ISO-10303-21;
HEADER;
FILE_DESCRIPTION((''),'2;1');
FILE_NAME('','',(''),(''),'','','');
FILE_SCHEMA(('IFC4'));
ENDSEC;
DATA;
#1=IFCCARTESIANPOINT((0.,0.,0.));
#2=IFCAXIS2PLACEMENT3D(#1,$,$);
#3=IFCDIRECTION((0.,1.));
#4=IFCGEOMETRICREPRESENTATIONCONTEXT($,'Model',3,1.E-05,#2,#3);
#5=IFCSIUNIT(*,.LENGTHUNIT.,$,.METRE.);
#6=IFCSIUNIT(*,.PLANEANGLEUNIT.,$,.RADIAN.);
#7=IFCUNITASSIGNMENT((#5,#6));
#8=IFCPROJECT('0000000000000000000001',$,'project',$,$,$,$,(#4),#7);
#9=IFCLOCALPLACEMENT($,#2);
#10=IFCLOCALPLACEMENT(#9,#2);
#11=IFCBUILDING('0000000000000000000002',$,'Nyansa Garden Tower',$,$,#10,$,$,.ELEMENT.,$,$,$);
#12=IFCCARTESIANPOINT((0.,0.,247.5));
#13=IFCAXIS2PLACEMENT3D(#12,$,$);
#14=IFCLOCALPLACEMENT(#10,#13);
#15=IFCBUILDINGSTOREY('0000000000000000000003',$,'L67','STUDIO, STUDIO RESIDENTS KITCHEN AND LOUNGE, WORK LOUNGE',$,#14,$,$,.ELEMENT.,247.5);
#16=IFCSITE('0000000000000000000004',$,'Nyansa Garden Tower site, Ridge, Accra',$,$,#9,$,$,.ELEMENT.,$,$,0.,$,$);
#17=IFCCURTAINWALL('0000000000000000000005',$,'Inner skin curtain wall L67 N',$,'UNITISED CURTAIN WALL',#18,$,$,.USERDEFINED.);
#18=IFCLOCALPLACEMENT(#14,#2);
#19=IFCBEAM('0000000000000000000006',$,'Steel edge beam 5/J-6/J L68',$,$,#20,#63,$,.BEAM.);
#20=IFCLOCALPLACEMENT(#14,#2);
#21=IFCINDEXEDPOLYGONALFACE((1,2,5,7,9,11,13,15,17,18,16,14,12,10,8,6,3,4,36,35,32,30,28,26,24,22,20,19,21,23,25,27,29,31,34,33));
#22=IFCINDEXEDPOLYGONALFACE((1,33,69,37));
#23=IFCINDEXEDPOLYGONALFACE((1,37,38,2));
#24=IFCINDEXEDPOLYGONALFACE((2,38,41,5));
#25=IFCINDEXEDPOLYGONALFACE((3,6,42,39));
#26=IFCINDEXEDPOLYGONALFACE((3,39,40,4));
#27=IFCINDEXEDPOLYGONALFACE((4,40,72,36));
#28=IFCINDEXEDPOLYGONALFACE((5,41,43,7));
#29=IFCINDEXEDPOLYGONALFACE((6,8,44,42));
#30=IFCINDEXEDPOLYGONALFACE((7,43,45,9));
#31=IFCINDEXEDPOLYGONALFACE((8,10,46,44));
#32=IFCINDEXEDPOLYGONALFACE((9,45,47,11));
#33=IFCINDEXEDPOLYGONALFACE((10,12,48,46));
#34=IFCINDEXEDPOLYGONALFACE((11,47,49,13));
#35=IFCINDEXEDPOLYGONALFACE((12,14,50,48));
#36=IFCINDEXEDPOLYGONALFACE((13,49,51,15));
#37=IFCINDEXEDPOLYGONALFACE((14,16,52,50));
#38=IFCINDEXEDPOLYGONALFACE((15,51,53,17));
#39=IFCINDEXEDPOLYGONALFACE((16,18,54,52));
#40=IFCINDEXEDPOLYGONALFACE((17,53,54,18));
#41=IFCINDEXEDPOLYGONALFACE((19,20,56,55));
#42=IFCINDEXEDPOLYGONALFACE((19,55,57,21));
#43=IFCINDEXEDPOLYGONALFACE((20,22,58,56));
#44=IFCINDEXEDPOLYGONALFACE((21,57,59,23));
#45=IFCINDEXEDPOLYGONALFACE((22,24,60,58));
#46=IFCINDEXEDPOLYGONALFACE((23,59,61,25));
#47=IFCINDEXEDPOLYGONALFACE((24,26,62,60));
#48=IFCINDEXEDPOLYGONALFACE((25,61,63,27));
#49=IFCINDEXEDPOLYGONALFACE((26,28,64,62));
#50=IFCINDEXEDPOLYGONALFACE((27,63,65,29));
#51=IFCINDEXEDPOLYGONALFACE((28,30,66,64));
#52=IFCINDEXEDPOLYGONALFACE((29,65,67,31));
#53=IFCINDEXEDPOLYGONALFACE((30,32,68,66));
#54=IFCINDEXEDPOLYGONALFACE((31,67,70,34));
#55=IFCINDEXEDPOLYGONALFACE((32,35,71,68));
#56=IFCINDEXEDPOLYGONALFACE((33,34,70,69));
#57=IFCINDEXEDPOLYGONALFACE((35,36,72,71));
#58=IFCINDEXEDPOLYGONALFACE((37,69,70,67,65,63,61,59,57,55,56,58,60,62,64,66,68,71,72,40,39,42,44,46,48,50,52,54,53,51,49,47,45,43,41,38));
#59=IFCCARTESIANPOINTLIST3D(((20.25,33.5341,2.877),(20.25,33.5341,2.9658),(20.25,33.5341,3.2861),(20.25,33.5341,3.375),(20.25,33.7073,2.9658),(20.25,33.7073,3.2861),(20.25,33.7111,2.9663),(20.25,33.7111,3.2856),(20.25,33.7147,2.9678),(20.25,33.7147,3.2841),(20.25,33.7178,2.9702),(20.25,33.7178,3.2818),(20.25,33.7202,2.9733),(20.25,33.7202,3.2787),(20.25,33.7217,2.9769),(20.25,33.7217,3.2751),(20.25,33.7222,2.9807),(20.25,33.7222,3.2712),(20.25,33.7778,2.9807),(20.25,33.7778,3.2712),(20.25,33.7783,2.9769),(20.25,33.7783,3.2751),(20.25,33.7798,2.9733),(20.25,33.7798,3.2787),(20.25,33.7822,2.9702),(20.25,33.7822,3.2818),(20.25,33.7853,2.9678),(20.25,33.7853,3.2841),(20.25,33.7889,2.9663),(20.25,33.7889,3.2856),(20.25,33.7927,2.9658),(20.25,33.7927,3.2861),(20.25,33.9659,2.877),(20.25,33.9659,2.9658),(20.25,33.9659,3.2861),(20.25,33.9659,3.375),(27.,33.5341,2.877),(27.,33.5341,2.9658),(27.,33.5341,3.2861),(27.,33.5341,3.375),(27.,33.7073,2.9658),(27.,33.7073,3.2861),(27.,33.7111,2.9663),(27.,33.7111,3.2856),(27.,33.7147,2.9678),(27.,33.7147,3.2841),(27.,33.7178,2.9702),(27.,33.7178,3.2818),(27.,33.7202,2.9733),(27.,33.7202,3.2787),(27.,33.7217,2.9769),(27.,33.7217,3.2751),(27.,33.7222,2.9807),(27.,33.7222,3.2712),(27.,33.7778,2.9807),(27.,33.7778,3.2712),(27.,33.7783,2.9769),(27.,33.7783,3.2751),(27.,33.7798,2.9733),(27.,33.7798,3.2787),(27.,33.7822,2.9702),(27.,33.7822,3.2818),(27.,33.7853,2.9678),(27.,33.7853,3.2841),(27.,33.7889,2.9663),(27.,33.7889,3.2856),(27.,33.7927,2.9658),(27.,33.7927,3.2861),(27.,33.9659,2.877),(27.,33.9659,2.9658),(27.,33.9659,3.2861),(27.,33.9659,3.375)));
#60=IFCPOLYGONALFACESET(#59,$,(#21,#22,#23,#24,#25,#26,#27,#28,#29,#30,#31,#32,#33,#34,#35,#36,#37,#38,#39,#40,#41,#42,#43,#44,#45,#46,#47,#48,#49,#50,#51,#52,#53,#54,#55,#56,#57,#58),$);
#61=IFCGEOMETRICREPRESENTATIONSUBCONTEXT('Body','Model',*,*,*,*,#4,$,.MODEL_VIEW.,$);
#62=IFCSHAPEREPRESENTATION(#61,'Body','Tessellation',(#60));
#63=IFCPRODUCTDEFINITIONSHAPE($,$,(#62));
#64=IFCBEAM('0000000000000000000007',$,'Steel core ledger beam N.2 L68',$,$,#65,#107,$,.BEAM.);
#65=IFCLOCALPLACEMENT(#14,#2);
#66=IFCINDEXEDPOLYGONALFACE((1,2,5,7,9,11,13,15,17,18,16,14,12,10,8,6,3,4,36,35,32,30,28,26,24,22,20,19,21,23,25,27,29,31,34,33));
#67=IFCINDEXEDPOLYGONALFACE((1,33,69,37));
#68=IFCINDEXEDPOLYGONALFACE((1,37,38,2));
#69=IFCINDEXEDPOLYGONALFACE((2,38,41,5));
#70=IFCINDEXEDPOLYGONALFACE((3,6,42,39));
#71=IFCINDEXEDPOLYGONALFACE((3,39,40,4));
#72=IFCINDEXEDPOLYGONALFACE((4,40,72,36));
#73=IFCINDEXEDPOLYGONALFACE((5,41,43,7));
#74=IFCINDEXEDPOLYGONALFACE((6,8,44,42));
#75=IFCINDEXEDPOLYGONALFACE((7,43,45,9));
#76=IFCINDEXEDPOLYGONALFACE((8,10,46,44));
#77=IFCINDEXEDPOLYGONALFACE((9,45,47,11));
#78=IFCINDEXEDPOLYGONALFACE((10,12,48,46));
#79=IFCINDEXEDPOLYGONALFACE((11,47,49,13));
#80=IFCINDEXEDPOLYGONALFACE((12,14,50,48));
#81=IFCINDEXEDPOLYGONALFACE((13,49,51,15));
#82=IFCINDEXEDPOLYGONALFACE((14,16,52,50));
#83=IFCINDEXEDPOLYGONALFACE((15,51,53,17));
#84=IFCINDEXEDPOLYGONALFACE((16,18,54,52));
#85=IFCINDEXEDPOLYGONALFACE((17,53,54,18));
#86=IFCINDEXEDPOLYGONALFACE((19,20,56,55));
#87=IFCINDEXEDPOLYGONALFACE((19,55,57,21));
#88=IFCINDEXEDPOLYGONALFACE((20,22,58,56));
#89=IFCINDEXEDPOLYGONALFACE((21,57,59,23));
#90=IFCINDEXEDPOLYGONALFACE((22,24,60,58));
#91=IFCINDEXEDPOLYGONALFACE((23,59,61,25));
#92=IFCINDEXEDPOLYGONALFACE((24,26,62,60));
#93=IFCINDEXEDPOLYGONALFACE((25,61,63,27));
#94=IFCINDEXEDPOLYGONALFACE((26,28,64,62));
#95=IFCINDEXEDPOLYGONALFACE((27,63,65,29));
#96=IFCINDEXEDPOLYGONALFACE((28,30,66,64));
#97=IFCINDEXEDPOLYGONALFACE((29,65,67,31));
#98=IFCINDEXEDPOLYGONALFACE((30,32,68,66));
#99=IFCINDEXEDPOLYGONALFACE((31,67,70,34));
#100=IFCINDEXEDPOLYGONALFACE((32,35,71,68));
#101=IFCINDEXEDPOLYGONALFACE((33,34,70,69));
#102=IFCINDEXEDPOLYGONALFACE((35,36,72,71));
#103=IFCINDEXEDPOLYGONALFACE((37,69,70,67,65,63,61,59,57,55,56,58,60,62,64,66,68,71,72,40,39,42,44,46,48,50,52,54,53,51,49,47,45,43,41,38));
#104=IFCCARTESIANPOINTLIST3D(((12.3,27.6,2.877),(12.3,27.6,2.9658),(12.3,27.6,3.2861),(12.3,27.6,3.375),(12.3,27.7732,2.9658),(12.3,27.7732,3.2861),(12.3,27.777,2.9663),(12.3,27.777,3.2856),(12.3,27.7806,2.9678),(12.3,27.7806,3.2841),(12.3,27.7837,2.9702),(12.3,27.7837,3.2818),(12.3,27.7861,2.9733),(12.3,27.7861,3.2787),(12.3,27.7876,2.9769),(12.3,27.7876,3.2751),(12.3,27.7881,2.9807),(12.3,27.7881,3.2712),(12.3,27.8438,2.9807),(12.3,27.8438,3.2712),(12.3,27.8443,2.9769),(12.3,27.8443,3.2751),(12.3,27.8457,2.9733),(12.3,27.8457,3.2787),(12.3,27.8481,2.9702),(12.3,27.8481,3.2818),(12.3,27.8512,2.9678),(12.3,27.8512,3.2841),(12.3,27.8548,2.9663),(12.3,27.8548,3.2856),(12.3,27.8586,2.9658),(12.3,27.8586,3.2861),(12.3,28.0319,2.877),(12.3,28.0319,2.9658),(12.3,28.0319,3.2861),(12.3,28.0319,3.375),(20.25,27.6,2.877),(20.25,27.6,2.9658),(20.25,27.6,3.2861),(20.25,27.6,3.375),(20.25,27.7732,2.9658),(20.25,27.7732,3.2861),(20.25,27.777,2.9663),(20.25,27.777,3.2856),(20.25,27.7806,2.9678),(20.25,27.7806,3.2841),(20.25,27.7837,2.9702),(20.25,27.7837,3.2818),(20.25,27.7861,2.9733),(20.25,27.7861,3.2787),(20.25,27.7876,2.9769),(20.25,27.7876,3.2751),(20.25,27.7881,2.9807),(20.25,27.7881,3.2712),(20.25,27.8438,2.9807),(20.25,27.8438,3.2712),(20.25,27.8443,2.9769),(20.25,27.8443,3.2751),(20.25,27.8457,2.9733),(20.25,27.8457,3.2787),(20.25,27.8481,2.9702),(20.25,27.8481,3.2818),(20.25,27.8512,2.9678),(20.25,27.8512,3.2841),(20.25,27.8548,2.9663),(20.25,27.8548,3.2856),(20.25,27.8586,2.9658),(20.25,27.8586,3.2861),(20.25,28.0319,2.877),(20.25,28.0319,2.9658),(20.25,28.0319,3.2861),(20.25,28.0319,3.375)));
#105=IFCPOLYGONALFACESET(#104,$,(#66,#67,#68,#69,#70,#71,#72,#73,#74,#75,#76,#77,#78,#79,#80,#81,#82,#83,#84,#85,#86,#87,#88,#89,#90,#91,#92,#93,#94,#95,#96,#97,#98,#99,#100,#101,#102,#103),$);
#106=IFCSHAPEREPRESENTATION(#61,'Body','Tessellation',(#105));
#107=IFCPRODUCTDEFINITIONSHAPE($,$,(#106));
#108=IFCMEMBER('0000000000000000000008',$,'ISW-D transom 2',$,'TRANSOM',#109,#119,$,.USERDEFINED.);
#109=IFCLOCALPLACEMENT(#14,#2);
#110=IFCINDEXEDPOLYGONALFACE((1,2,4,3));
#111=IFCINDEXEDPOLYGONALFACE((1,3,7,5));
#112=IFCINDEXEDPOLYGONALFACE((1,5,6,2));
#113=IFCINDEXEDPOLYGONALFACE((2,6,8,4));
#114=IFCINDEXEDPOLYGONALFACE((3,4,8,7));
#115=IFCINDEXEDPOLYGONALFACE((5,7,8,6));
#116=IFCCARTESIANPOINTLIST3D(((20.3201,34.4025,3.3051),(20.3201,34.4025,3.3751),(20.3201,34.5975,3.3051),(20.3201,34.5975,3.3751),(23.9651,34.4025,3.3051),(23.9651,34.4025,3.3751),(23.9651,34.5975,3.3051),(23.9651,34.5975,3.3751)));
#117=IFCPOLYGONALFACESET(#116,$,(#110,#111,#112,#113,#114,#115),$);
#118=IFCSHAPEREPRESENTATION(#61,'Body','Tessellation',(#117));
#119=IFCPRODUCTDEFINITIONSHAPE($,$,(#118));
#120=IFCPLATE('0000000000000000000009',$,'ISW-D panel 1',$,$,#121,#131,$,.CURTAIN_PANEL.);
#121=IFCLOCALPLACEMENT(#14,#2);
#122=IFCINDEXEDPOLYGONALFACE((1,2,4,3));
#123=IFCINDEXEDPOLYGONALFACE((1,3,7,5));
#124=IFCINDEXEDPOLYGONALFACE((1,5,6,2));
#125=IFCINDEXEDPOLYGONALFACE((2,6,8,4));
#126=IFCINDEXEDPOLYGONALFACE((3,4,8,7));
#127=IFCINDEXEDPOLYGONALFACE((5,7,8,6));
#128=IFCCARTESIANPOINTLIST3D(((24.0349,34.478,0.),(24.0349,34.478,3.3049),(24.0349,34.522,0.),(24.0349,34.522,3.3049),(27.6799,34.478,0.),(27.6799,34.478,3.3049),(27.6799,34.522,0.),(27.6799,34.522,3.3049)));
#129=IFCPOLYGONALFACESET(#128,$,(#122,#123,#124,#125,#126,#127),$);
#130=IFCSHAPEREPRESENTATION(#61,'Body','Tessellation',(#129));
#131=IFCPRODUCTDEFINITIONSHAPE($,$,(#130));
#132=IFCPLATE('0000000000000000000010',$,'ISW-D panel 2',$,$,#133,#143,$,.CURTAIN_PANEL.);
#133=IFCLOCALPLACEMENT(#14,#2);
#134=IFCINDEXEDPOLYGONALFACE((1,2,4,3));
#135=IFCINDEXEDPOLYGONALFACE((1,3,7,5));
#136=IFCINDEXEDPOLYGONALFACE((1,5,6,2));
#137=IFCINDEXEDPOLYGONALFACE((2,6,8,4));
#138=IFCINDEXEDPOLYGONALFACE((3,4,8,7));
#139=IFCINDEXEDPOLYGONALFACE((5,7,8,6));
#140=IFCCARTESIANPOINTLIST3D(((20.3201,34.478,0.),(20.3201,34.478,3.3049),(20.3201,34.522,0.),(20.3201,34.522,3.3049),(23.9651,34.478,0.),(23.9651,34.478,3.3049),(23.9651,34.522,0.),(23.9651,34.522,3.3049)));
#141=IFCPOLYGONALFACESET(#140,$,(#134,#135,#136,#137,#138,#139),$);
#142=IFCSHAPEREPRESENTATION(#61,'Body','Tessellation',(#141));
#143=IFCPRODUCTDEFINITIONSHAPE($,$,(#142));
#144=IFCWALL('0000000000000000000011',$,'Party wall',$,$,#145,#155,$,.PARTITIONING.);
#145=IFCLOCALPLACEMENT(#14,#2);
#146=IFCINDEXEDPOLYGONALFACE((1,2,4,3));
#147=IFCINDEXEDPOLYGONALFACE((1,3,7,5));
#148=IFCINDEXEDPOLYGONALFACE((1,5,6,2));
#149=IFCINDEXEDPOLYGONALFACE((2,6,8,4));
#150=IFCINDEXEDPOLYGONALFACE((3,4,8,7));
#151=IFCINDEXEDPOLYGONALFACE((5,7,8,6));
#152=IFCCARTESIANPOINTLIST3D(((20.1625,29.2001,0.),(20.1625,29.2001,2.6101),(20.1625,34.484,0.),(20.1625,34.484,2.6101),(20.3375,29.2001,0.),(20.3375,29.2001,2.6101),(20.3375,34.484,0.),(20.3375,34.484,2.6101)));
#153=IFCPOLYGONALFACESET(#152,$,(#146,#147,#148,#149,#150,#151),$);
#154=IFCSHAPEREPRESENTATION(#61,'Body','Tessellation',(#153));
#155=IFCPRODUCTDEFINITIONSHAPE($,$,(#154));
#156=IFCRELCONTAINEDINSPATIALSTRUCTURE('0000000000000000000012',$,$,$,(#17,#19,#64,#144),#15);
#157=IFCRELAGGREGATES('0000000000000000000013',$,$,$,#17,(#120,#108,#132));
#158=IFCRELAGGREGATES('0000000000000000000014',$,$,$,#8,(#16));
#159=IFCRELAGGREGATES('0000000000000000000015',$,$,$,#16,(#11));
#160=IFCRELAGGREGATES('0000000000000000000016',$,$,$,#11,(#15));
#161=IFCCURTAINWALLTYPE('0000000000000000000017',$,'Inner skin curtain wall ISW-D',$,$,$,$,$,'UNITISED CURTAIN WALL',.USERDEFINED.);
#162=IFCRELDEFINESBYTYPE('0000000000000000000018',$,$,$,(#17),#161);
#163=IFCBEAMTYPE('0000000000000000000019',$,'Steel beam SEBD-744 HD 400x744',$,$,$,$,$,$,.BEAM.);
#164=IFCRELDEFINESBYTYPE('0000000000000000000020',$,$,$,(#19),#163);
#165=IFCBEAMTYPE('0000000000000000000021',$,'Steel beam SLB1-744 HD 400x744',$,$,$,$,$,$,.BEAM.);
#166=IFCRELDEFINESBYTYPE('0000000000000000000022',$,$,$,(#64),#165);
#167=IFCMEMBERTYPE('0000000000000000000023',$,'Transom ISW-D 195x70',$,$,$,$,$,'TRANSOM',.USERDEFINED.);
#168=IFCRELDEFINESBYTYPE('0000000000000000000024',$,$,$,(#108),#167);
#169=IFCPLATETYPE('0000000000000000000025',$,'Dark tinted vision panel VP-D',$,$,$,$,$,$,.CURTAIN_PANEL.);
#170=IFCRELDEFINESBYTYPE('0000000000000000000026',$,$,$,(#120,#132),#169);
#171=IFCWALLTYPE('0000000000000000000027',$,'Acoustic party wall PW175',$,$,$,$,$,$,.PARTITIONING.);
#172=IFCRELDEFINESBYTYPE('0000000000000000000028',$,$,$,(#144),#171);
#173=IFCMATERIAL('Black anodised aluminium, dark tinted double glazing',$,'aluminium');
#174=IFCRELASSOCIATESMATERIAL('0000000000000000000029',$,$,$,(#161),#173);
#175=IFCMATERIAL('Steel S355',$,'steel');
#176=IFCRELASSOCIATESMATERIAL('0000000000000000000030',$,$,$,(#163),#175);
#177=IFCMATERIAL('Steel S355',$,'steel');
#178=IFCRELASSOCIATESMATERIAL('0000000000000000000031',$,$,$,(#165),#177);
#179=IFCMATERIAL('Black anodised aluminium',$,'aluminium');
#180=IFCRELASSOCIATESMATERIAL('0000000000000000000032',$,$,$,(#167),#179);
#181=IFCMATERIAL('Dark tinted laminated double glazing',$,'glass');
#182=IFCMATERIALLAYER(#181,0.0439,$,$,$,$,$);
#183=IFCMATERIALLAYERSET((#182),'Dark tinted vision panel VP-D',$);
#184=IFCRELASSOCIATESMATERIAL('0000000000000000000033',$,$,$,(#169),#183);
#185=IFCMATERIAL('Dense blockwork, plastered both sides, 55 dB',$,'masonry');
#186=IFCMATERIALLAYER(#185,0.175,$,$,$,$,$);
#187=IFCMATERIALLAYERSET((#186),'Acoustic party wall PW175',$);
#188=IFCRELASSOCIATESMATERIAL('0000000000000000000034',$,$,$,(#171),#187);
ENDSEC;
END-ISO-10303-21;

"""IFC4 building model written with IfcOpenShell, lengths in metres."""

from ifc_helpers import new_model, si_unit, direction, frame, frame_2d, origin, origin_2d, place, context, subcontext, project, spatial, rectangle, i_section, extrude, material, layer, layer_set, material_profile, profile_set, type_object, element, aggregate, save


model = new_model("IFC4")

# Units and contexts
model_context = context("Model", 3, precision=1e-05, world=origin(), true_north=direction((0.0, 1.0)))
body_context = subcontext(model_context, "Body", "Model", "MODEL_VIEW")
ifc_project = project(units=[si_unit("LENGTHUNIT", "METRE"), si_unit("PLANEANGLEUNIT", "RADIAN")], contexts=[model_context])

# Site, building, storey
site_placement = place(None, origin())
site = spatial("IfcSite", under=ifc_project, at=site_placement, Name="Nyansa Garden Tower site, Ridge, Accra", CompositionType="ELEMENT", RefElevation=0.0)
building_placement = place(site_placement, origin())
building = spatial("IfcBuilding", under=site, at=building_placement, Name="Nyansa Garden Tower", CompositionType="ELEMENT")
storey_placement = place(building_placement, frame((0.0, 0.0, 247.5)))
storey = spatial("IfcBuildingStorey", under=building, at=storey_placement, Name="L67", Description="STUDIO, STUDIO RESIDENTS KITCHEN AND LOUNGE, WORK LOUNGE", CompositionType="ELEMENT", Elevation=247.5)

# Curtain wall
ifc_material_1 = material(Name="Black anodised aluminium, dark tinted double glazing", Category="aluminium")
curtain_wall_type = type_object("IfcCurtainWallType", Name="Inner skin curtain wall ISW-D", ElementType="UNITISED CURTAIN WALL", PredefinedType="USERDEFINED", material=ifc_material_1)
curtain_wall_placement = place(storey_placement, origin())
curtain_wall = element("IfcCurtainWall", 1, at=curtain_wall_placement, inside=storey, type_object=curtain_wall_type, Name="Inner skin curtain wall L67 N", ObjectType="UNITISED CURTAIN WALL", PredefinedType="USERDEFINED")

# Beams
ifc_material_2 = material(Name="Steel S355", Category="steel")
ifc_material_profile_1 = material_profile(ifc_material_2, i_section(OverallWidth=0.4319, OverallDepth=0.498, WebThickness=0.0557, FlangeThickness=0.0889, FilletRadius=0.0149, at=origin_2d()), Name="HD 400x744")
ifc_profile_set_1 = profile_set([ifc_material_profile_1], Name="Steel S355")
beam_type_1 = type_object("IfcBeamType", Name="Steel beam SEBD-744 HD 400x744", PredefinedType="BEAM", material=ifc_profile_set_1)
beam_1_placement = place(storey_placement, frame((20.25, 33.75, 3.126), z_axis=(1.0, 0.0, 0.0), x_axis=(0.0, 1.0, 0.0)))
element("IfcBeam", 2, at=beam_1_placement, inside=storey, type_object=beam_type_1, Name="Steel edge beam 5/J-6/J L68", PredefinedType="BEAM", context=body_context, shape_type="SweptSolid", body=[
    extrude(i_section(OverallWidth=0.4319, OverallDepth=0.498, WebThickness=0.0557, FlangeThickness=0.0889, FilletRadius=0.0149, at=origin_2d()), origin(), (0.0, 0.0, 1.0), 6.75),
])
ifc_material_3 = material(Name="Steel S355", Category="steel")
ifc_material_profile_2 = material_profile(ifc_material_3, i_section(OverallWidth=0.4319, OverallDepth=0.498, WebThickness=0.0557, FlangeThickness=0.0889, FilletRadius=0.0149, at=origin_2d()), Name="HD 400x744")
ifc_profile_set_2 = profile_set([ifc_material_profile_2], Name="Steel S355")
beam_type_2 = type_object("IfcBeamType", Name="Steel beam SLB1-744 HD 400x744", PredefinedType="BEAM", material=ifc_profile_set_2)
beam_2_placement = place(storey_placement, frame((20.25, 27.8159, 3.126), z_axis=(-1.0, 0.0, 0.0), x_axis=(0.0, -1.0, 0.0)))
element("IfcBeam", 3, at=beam_2_placement, inside=storey, type_object=beam_type_2, Name="Steel core ledger beam N.2 L68", PredefinedType="BEAM", context=body_context, shape_type="SweptSolid", body=[
    extrude(i_section(OverallWidth=0.4319, OverallDepth=0.498, WebThickness=0.0557, FlangeThickness=0.0889, FilletRadius=0.0149, at=origin_2d()), origin(), (0.0, 0.0, 1.0), 7.95),
])

# Member
ifc_material_4 = material(Name="Black anodised aluminium", Category="aluminium")
ifc_material_profile_3 = material_profile(ifc_material_4, rectangle(XDim=0.1951, YDim=0.0701, at=origin_2d()), Name="Transom 195x70")
ifc_profile_set_3 = profile_set([ifc_material_profile_3], Name="Black anodised aluminium")
member_type_1 = type_object("IfcMemberType", Name="Transom ISW-D 195x70", ElementType="TRANSOM", PredefinedType="USERDEFINED", material=ifc_profile_set_3)
member_1_placement = place(storey_placement, frame((23.9651, 34.5, 3.3401), z_axis=(-1.0, 0.0, 0.0), x_axis=(0.0, -1.0, 0.0)))
member_1 = element("IfcMember", 4, at=member_1_placement, type_object=member_type_1, Name="ISW-D transom 2", ObjectType="TRANSOM", PredefinedType="USERDEFINED", context=body_context, shape_type="SweptSolid", body=[
    extrude(rectangle(XDim=0.1951, YDim=0.0701, at=origin_2d()), origin(), (0.0, 0.0, 1.0), 3.645),
])

# Plates
ifc_material_5 = material(Name="Dark tinted laminated double glazing", Category="glass")
ifc_layer_1 = layer(ifc_material_5, 0.0439)
ifc_layer_set_1 = layer_set([ifc_layer_1], Name="Dark tinted vision panel VP-D")
plate_type = type_object("IfcPlateType", Name="Dark tinted vision panel VP-D", PredefinedType="CURTAIN_PANEL", material=ifc_layer_set_1)
plate_1_placement = place(storey_placement, frame((25.8574, 34.5, 0.0), z_axis=(0.0, 0.0, 1.0), x_axis=(-1.0, 0.0, 0.0)))
plate_1 = element("IfcPlate", 5, at=plate_1_placement, type_object=plate_type, Name="ISW-D panel 1", PredefinedType="CURTAIN_PANEL", context=body_context, shape_type="SweptSolid", body=[
    extrude(rectangle(XDim=3.645, YDim=0.0439, at=origin_2d()), origin(), (0.0, 0.0, 1.0), 3.3049),
])
plate_2_placement = place(storey_placement, frame((22.1426, 34.5, 0.0), z_axis=(0.0, 0.0, 1.0), x_axis=(-1.0, 0.0, 0.0)))
plate_2 = element("IfcPlate", 6, at=plate_2_placement, type_object=plate_type, Name="ISW-D panel 2", PredefinedType="CURTAIN_PANEL", context=body_context, shape_type="SweptSolid", body=[
    extrude(rectangle(XDim=3.645, YDim=0.0439, at=origin_2d()), origin(), (0.0, 0.0, 1.0), 3.3049),
])
aggregate(curtain_wall, [plate_1, member_1, plate_2])

# Wall
ifc_material_6 = material(Name="Dense blockwork, plastered both sides, 55 dB", Category="masonry")
ifc_layer_2 = layer(ifc_material_6, 0.175)
ifc_layer_set_2 = layer_set([ifc_layer_2], Name="Acoustic party wall PW175")
wall_type_1 = type_object("IfcWallType", Name="Acoustic party wall PW175", PredefinedType="PARTITIONING", material=ifc_layer_set_2)
wall_1_placement = place(storey_placement, frame((20.25, 29.2, 0.0), z_axis=(0.0, 0.0, 1.0), x_axis=(0.0, 1.0, 0.0)))
element("IfcWall", 7, at=wall_1_placement, inside=storey, type_object=wall_type_1, Name="Party wall", PredefinedType="PARTITIONING", context=body_context, shape_type="SweptSolid", body=[
    extrude(rectangle(XDim=5.2839, YDim=0.175, at=frame_2d((2.6421, 0.0))), origin(), (0.0, 0.0, 1.0), 2.6101),
])

save(model, "model.ifc")
